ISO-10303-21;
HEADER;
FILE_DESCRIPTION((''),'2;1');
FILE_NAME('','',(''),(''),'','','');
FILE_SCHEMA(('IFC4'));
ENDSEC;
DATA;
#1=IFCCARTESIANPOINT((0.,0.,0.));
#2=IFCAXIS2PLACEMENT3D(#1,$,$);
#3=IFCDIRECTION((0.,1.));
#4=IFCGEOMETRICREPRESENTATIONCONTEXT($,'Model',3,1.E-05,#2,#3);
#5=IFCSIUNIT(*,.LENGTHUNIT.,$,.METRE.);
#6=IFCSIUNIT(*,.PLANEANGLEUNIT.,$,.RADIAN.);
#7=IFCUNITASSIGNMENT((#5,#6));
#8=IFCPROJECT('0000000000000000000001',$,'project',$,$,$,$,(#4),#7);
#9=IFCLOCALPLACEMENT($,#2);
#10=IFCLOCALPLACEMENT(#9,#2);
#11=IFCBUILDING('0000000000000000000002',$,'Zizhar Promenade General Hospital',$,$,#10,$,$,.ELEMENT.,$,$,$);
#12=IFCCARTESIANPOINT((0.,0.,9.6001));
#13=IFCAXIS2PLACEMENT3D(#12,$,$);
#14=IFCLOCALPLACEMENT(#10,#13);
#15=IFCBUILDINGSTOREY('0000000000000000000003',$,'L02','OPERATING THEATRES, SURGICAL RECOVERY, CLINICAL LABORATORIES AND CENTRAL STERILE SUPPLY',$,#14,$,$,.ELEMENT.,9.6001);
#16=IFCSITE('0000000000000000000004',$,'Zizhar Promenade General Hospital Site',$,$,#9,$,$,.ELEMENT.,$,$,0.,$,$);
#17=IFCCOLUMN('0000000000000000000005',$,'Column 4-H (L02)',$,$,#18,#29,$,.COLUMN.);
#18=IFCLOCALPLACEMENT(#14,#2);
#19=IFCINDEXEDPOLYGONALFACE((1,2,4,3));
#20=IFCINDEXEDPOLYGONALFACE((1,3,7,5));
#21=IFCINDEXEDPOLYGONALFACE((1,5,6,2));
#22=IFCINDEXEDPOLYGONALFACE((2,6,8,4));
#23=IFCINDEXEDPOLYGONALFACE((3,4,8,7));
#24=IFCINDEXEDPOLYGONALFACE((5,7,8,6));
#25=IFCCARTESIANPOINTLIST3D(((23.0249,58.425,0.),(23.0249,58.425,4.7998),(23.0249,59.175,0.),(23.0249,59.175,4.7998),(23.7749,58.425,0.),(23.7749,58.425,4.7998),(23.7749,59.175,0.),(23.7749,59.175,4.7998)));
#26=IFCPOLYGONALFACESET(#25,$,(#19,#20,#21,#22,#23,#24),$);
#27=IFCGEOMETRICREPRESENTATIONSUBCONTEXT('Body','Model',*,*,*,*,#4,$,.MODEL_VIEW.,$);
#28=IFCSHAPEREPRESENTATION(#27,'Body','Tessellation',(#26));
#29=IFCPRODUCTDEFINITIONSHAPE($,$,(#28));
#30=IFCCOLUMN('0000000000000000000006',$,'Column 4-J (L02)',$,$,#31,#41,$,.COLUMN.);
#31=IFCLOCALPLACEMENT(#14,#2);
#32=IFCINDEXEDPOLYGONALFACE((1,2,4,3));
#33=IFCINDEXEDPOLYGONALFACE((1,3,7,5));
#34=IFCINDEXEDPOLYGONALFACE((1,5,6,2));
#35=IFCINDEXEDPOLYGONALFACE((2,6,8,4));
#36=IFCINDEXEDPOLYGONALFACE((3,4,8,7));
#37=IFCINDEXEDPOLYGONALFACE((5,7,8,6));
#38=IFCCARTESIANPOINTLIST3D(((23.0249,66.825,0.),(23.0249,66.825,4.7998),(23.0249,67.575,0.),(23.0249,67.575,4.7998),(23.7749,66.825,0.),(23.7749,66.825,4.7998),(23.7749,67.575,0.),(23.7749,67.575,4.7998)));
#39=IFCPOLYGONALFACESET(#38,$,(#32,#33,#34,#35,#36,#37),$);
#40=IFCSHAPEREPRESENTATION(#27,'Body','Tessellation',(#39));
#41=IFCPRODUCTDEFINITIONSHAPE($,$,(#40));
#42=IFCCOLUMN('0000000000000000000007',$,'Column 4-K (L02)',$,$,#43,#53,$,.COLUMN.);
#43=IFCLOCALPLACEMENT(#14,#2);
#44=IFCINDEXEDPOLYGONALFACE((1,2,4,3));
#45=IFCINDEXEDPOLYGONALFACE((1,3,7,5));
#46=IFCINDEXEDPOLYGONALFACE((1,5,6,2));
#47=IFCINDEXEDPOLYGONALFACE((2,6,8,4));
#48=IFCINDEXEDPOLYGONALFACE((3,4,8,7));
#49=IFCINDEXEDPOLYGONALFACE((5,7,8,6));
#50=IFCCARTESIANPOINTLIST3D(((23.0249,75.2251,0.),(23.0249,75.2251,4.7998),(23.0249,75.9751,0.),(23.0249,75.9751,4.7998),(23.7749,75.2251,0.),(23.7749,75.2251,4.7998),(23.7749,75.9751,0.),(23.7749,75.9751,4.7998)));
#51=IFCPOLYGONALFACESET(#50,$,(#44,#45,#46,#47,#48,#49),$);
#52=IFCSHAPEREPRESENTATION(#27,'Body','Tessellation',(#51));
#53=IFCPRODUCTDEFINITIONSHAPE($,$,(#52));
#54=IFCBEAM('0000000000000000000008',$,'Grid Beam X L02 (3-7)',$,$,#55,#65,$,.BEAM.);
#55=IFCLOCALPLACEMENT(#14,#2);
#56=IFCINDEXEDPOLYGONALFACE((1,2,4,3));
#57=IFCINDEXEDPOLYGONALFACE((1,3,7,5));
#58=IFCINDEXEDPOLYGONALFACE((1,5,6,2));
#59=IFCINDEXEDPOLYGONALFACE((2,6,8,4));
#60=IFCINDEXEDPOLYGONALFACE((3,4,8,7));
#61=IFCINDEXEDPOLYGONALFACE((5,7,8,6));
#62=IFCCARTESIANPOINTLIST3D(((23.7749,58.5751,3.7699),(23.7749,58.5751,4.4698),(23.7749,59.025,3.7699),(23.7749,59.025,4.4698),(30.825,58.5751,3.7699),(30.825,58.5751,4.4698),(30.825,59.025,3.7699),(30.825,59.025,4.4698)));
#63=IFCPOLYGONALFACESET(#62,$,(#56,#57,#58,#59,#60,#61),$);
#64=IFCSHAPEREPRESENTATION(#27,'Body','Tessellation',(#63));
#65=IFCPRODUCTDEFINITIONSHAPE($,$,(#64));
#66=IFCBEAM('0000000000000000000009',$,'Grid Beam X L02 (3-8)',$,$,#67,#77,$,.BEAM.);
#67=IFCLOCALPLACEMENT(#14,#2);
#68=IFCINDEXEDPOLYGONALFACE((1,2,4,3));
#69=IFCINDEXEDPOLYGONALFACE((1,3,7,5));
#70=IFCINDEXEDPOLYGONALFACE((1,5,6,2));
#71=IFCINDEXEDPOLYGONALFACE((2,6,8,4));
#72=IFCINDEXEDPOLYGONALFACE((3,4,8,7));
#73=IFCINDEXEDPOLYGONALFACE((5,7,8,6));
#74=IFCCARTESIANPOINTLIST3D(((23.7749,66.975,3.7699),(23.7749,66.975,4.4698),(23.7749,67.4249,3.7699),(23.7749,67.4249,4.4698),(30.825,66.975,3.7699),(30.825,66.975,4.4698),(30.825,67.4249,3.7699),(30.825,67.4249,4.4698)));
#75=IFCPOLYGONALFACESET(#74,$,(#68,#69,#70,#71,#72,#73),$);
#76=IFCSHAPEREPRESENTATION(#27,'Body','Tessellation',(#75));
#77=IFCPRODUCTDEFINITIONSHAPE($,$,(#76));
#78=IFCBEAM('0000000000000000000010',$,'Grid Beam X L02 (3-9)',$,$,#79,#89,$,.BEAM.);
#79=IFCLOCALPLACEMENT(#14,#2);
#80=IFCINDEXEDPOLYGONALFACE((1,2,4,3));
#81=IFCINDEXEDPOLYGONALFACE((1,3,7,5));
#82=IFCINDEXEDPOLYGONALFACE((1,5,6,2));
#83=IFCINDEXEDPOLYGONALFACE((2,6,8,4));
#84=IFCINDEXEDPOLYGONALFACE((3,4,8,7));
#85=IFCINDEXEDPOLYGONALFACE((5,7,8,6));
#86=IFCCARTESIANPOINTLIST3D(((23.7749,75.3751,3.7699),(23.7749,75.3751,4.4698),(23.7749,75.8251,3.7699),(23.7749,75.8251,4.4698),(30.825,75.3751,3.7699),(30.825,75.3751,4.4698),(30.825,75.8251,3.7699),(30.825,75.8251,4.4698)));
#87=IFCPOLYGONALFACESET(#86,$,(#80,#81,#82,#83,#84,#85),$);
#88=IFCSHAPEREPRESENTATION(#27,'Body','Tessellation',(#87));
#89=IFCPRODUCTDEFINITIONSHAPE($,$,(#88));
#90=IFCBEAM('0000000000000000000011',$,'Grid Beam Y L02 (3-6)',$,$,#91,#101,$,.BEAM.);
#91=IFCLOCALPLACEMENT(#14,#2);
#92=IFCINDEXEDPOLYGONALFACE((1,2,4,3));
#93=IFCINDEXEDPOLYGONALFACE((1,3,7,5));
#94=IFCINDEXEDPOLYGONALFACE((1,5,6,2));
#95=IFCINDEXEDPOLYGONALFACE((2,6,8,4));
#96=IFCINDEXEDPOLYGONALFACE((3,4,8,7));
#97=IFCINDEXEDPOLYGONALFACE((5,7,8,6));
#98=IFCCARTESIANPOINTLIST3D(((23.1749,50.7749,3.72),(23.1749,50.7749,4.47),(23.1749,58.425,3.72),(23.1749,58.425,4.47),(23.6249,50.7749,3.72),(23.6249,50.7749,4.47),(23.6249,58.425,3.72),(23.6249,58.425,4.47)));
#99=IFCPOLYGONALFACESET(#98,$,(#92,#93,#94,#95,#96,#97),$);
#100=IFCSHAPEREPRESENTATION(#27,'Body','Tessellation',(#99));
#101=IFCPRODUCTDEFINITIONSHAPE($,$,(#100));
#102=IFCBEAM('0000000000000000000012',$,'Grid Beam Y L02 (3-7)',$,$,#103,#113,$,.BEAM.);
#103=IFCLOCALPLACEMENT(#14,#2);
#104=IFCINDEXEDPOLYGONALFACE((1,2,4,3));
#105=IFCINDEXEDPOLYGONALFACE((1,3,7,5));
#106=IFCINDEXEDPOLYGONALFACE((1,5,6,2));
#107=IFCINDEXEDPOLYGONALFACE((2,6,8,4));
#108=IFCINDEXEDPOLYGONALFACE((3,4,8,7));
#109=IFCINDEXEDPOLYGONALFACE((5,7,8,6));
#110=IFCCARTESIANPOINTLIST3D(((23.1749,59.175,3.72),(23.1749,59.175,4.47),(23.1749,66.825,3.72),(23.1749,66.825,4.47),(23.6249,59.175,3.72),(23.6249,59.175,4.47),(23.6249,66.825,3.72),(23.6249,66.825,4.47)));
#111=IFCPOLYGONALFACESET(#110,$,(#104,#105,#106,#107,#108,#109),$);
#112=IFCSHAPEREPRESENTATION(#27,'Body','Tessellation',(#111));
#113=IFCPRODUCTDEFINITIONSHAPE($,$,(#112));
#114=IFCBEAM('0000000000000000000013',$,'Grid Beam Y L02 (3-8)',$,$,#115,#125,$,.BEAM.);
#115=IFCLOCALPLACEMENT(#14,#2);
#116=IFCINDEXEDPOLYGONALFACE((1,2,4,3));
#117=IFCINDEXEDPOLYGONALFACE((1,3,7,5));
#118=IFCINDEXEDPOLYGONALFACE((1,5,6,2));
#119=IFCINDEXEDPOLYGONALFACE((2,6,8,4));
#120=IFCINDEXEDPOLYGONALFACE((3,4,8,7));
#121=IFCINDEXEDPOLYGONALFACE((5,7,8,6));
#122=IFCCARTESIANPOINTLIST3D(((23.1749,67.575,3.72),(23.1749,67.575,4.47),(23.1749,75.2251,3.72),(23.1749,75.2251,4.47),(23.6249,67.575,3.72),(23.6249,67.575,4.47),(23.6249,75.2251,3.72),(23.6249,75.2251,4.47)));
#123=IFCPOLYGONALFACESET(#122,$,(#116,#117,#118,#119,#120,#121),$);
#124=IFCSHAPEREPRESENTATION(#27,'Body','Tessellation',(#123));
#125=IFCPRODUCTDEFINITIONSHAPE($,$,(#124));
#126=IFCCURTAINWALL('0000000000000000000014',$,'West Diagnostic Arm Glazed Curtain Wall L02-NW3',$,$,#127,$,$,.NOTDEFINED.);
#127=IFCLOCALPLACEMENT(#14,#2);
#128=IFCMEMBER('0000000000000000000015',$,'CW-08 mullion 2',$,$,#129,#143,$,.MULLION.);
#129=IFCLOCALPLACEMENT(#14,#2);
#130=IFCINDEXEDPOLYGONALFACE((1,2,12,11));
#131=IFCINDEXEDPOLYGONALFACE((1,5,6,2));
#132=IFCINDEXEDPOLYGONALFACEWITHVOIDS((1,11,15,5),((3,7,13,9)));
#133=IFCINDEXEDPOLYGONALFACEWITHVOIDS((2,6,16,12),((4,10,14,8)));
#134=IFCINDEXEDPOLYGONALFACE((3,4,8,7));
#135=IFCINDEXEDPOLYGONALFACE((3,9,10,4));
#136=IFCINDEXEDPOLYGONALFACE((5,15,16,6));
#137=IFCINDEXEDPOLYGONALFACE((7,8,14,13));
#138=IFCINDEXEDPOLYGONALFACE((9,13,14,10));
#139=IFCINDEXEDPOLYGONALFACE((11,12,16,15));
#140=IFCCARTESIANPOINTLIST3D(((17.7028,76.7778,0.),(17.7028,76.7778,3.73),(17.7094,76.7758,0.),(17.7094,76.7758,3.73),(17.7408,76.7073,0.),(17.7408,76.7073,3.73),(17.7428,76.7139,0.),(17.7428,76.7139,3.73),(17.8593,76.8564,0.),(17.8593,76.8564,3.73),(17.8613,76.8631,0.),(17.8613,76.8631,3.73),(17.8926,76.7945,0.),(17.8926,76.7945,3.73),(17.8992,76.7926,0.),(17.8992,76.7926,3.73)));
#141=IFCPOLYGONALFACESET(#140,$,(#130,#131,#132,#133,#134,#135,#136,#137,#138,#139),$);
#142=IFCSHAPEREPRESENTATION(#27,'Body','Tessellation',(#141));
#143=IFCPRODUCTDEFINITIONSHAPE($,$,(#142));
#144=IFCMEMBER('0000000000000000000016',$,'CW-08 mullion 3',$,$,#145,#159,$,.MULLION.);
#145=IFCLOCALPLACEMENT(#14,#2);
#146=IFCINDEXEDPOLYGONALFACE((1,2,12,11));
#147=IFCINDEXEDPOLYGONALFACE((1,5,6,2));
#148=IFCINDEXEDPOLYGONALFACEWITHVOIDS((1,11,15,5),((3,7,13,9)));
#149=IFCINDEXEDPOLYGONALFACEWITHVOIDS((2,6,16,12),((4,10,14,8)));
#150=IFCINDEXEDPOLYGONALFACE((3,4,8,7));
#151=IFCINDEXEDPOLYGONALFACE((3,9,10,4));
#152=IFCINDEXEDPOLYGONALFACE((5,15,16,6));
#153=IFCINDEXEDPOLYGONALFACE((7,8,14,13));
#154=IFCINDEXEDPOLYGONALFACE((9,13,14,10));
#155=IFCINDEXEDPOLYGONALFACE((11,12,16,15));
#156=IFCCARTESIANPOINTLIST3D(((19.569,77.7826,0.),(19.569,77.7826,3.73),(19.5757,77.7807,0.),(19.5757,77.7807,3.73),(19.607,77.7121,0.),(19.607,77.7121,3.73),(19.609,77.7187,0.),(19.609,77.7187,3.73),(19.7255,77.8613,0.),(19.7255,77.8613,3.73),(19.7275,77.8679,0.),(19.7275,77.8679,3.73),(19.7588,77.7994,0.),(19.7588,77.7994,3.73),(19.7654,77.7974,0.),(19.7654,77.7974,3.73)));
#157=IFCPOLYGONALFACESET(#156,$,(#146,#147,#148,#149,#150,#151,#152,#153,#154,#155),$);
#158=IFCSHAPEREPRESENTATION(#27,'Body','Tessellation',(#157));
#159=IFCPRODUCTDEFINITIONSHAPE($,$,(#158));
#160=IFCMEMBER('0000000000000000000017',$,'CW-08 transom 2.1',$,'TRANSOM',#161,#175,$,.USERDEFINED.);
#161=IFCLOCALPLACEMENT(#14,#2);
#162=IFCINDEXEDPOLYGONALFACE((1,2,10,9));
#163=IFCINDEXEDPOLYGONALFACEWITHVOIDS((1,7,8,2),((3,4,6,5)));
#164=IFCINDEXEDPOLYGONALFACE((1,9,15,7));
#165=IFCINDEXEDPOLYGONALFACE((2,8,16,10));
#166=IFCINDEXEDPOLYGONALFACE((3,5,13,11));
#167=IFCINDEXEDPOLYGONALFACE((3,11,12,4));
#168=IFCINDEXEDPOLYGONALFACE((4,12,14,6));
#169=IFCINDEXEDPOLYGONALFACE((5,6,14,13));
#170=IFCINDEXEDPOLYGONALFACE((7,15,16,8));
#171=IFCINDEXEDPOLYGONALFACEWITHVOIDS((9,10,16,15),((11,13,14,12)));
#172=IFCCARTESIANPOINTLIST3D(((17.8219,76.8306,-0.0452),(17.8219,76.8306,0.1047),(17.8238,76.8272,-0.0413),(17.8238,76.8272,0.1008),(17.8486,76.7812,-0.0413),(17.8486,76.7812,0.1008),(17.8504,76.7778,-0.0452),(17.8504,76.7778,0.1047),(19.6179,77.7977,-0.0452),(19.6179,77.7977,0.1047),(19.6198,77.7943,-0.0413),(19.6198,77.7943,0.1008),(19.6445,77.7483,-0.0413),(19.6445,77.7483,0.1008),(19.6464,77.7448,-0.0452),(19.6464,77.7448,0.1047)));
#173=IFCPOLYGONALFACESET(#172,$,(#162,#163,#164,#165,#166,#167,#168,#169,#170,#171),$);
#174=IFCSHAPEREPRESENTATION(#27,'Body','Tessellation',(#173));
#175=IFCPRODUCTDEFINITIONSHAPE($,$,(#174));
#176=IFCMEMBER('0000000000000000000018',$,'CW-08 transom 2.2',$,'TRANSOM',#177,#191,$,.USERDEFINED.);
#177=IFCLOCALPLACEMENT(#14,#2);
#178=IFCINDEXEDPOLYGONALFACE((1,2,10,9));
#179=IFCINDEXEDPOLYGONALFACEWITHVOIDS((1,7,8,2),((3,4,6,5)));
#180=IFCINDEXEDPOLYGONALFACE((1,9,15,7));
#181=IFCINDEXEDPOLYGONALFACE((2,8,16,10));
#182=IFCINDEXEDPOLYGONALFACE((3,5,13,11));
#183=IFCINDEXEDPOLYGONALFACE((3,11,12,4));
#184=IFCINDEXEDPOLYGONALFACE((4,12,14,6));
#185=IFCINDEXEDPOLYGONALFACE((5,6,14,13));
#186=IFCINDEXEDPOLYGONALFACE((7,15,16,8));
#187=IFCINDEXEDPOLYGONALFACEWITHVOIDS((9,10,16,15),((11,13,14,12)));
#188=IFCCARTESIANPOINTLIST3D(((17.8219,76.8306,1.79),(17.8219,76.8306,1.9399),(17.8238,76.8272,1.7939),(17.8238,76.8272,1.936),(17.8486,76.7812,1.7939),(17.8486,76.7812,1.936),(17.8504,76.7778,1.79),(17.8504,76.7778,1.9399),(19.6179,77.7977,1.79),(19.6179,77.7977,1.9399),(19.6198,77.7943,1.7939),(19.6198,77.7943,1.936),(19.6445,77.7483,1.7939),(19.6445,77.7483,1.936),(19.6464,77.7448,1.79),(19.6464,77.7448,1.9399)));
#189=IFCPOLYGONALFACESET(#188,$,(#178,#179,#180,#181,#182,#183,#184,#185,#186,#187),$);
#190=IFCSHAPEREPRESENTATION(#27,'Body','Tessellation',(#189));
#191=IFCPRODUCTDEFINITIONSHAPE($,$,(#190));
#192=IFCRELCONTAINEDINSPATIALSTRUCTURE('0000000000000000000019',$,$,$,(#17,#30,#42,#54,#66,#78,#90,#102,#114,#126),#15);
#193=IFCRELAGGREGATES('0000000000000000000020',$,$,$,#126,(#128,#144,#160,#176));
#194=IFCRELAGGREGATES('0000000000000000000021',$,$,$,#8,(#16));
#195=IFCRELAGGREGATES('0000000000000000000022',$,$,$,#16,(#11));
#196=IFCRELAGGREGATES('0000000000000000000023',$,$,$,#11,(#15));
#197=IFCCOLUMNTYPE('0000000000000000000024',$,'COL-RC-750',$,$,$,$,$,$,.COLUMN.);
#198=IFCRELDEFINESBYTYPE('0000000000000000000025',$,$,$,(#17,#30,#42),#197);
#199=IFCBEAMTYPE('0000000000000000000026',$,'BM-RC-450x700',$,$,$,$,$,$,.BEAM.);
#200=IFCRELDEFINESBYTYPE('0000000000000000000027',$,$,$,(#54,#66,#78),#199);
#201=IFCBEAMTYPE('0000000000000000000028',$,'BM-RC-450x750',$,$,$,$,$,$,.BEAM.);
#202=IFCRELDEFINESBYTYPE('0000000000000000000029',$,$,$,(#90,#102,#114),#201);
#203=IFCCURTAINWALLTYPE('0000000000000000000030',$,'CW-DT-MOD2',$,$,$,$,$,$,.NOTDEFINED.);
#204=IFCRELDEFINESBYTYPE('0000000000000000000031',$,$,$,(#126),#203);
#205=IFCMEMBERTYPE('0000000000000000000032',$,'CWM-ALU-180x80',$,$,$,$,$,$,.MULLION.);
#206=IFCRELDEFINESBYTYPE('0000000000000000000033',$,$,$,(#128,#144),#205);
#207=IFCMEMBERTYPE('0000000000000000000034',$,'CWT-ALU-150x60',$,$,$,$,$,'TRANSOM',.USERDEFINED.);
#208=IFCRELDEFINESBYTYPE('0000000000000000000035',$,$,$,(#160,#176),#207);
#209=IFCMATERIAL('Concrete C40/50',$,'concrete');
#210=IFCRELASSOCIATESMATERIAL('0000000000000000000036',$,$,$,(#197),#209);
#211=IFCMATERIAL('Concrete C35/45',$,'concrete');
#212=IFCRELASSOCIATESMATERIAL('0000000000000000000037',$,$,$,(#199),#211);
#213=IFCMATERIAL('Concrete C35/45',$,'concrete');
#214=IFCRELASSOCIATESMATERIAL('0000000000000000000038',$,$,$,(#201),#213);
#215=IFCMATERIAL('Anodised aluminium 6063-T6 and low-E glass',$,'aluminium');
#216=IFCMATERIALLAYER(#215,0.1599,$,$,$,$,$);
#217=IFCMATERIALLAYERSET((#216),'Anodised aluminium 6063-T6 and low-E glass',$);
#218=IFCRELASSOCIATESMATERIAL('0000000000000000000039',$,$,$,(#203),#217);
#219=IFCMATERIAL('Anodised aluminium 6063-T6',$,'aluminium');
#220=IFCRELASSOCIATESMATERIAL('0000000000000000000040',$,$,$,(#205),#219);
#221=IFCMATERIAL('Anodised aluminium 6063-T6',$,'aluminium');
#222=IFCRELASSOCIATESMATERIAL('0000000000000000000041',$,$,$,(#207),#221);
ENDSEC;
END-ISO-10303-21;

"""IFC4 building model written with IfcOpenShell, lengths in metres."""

from ifc_helpers import new_model, si_unit, direction, frame, origin, origin_2d, place, context, subcontext, project, spatial, rectangle, hollow_rectangle, extrude, material, layer, layer_set, material_profile, profile_set, type_object, element, aggregate, save


model = new_model("IFC4")

# Units and contexts
model_context = context("Model", 3, precision=1e-05, world=origin(), true_north=direction((0.0, 1.0)))
body_context = subcontext(model_context, "Body", "Model", "MODEL_VIEW")
ifc_project = project(units=[si_unit("LENGTHUNIT", "METRE"), si_unit("PLANEANGLEUNIT", "RADIAN")], contexts=[model_context])

# Site, building, storey
site_placement = place(None, origin())
site = spatial("IfcSite", under=ifc_project, at=site_placement, Name="Zizhar Promenade General Hospital Site", CompositionType="ELEMENT", RefElevation=0.0)
building_placement = place(site_placement, origin())
building = spatial("IfcBuilding", under=site, at=building_placement, Name="Zizhar Promenade General Hospital", CompositionType="ELEMENT")
storey_placement = place(building_placement, frame((0.0, 0.0, 9.6001)))
storey = spatial("IfcBuildingStorey", under=building, at=storey_placement, Name="L02", Description="OPERATING THEATRES, SURGICAL RECOVERY, CLINICAL LABORATORIES AND CENTRAL STERILE SUPPLY", CompositionType="ELEMENT", Elevation=9.6001)

# Columns
ifc_material_1 = material(Name="Concrete C40/50", Category="concrete")
ifc_material_profile_1 = material_profile(ifc_material_1, rectangle(XDim=0.75, YDim=0.75, at=origin_2d()))
ifc_profile_set_1 = profile_set([ifc_material_profile_1], Name="Concrete C40/50")
column_type = type_object("IfcColumnType", Name="COL-RC-750", PredefinedType="COLUMN", material=ifc_profile_set_1)
for number, where, z_axis, x_axis, name in (
    (1, (23.3999, 58.8, 0.0), (0.0, 0.0, 1.0), (1.0, 0.0, 0.0), "Column 4-H (L02)"),
    (2, (23.3999, 67.2, 0.0), (0.0, 0.0, 1.0), (1.0, 0.0, 0.0), "Column 4-J (L02)"),
    (3, (23.3999, 75.6001, 0.0), (0.0, 0.0, 1.0), (1.0, 0.0, 0.0), "Column 4-K (L02)"),
):
    element("IfcColumn", number, at=place(storey_placement, frame(where, z_axis=z_axis, x_axis=x_axis)), inside=storey, type_object=column_type, Name=name, PredefinedType="COLUMN", context=body_context, shape_type="SweptSolid", body=[
        extrude(rectangle(XDim=0.75, YDim=0.75, at=origin_2d()), origin(), (0.0, 0.0, 1.0), 4.7998),
    ])

# Beams
ifc_material_2 = material(Name="Concrete C35/45", Category="concrete")
ifc_material_profile_2 = material_profile(ifc_material_2, rectangle(XDim=0.45, YDim=0.7, at=origin_2d()))
ifc_profile_set_2 = profile_set([ifc_material_profile_2], Name="Concrete C35/45")
beam_type_1 = type_object("IfcBeamType", Name="BM-RC-450x700", PredefinedType="BEAM", material=ifc_profile_set_2)
for number, where, z_axis, x_axis, name in (
    (4, (23.7749, 58.8, 4.1199), (1.0, 0.0, 0.0), (0.0, 1.0, 0.0), "Grid Beam X L02 (3-7)"),
    (5, (23.7749, 67.2, 4.1199), (1.0, 0.0, 0.0), (0.0, 1.0, 0.0), "Grid Beam X L02 (3-8)"),
    (6, (23.7749, 75.6001, 4.1199), (1.0, 0.0, 0.0), (0.0, 1.0, 0.0), "Grid Beam X L02 (3-9)"),
):
    element("IfcBeam", number, at=place(storey_placement, frame(where, z_axis=z_axis, x_axis=x_axis)), inside=storey, type_object=beam_type_1, Name=name, PredefinedType="BEAM", context=body_context, shape_type="SweptSolid", body=[
        extrude(rectangle(XDim=0.45, YDim=0.7, at=origin_2d()), origin(), (0.0, 0.0, 1.0), 7.05),
    ])
ifc_material_3 = material(Name="Concrete C35/45", Category="concrete")
ifc_material_profile_3 = material_profile(ifc_material_3, rectangle(XDim=0.45, YDim=0.75, at=origin_2d()))
ifc_profile_set_3 = profile_set([ifc_material_profile_3], Name="Concrete C35/45")
beam_type_2 = type_object("IfcBeamType", Name="BM-RC-450x750", PredefinedType="BEAM", material=ifc_profile_set_3)
beam_1_placement = place(storey_placement, frame((23.3999, 50.7749, 4.095), z_axis=(0.0, 1.0, 0.0), x_axis=(-1.0, 0.0, 0.0)))
element("IfcBeam", 7, at=beam_1_placement, inside=storey, type_object=beam_type_2, Name="Grid Beam Y L02 (3-6)", PredefinedType="BEAM", context=body_context, shape_type="SweptSolid", body=[
    extrude(rectangle(XDim=0.45, YDim=0.75, at=origin_2d()), origin(), (0.0, 0.0, 1.0), 7.6501),
])
beam_2_placement = place(storey_placement, frame((23.3999, 59.175, 4.095), z_axis=(0.0, 1.0, 0.0), x_axis=(-1.0, 0.0, 0.0)))
element("IfcBeam", 8, at=beam_2_placement, inside=storey, type_object=beam_type_2, Name="Grid Beam Y L02 (3-7)", PredefinedType="BEAM", context=body_context, shape_type="SweptSolid", body=[
    extrude(rectangle(XDim=0.45, YDim=0.75, at=origin_2d()), origin(), (0.0, 0.0, 1.0), 7.6499),
])
beam_3_placement = place(storey_placement, frame((23.3999, 67.575, 4.095), z_axis=(0.0, 1.0, 0.0), x_axis=(-1.0, 0.0, 0.0)))
element("IfcBeam", 9, at=beam_3_placement, inside=storey, type_object=beam_type_2, Name="Grid Beam Y L02 (3-8)", PredefinedType="BEAM", context=body_context, shape_type="SweptSolid", body=[
    extrude(rectangle(XDim=0.45, YDim=0.75, at=origin_2d()), origin(), (0.0, 0.0, 1.0), 7.6501),
])

# Curtain wall, members
ifc_material_4 = material(Name="Anodised aluminium 6063-T6 and low-E glass", Category="aluminium")
ifc_layer_1 = layer(ifc_material_4, 0.1599)
ifc_layer_set_1 = layer_set([ifc_layer_1], Name="Anodised aluminium 6063-T6 and low-E glass")
curtain_wall_type = type_object("IfcCurtainWallType", Name="CW-DT-MOD2", PredefinedType="NOTDEFINED", material=ifc_layer_set_1)
curtain_wall_placement = place(storey_placement, origin())
curtain_wall = element("IfcCurtainWall", 10, at=curtain_wall_placement, inside=storey, type_object=curtain_wall_type, Name="West Diagnostic Arm Glazed Curtain Wall L02-NW3", PredefinedType="NOTDEFINED")
ifc_material_5 = material(Name="Anodised aluminium 6063-T6", Category="aluminium")
ifc_material_profile_4 = material_profile(ifc_material_5, hollow_rectangle(XDim=0.0801, YDim=0.1799, WallThickness=0.0049, at=origin_2d()))
ifc_profile_set_4 = profile_set([ifc_material_profile_4], Name="Anodised aluminium 6063-T6")
member_type_1 = type_object("IfcMemberType", Name="CWM-ALU-180x80", PredefinedType="MULLION", material=ifc_profile_set_4)
member_1_placement = place(storey_placement, frame((17.801, 76.7852, 0.0), z_axis=(0.0, 0.0, 1.0), x_axis=(-0.474097, 0.880473, 0.0)))
member_1 = element("IfcMember", 11, at=member_1_placement, type_object=member_type_1, Name="CW-08 mullion 2", PredefinedType="MULLION", context=body_context, shape_type="SweptSolid", body=[
    extrude(hollow_rectangle(XDim=0.0801, YDim=0.1799, WallThickness=0.0049, at=origin_2d()), origin(), (0.0, 0.0, 1.0), 3.73),
])
member_2_placement = place(storey_placement, frame((19.6672, 77.79, 0.0), z_axis=(0.0, 0.0, 1.0), x_axis=(-0.474097, 0.880473, 0.0)))
member_2 = element("IfcMember", 12, at=member_2_placement, type_object=member_type_1, Name="CW-08 mullion 3", PredefinedType="MULLION", context=body_context, shape_type="SweptSolid", body=[
    extrude(hollow_rectangle(XDim=0.0801, YDim=0.1799, WallThickness=0.0049, at=origin_2d()), origin(), (0.0, 0.0, 1.0), 3.73),
])
ifc_material_6 = material(Name="Anodised aluminium 6063-T6", Category="aluminium")
ifc_material_profile_5 = material_profile(ifc_material_6, hollow_rectangle(XDim=0.0601, YDim=0.1499, WallThickness=0.0039, at=origin_2d()))
ifc_profile_set_5 = profile_set([ifc_material_profile_5], Name="Anodised aluminium 6063-T6")
member_type_2 = type_object("IfcMemberType", Name="CWT-ALU-150x60", ElementType="TRANSOM", PredefinedType="USERDEFINED", material=ifc_profile_set_5)
member_3_placement = place(storey_placement, frame((17.8362, 76.8042, 0.0298), z_axis=(0.880467, 0.474107, 0.0), x_axis=(-0.474107, 0.880467, 0.0)))
member_3 = element("IfcMember", 13, at=member_3_placement, type_object=member_type_2, Name="CW-08 transom 2.1", ObjectType="TRANSOM", PredefinedType="USERDEFINED", context=body_context, shape_type="SweptSolid", body=[
    extrude(hollow_rectangle(XDim=0.0601, YDim=0.1499, WallThickness=0.0039, at=origin_2d()), origin(), (0.0, 0.0, 1.0), 2.0398),
])
member_4_placement = place(storey_placement, frame((17.8362, 76.8042, 1.865), z_axis=(0.880467, 0.474107, 0.0), x_axis=(-0.474107, 0.880467, 0.0)))
member_4 = element("IfcMember", 14, at=member_4_placement, type_object=member_type_2, Name="CW-08 transom 2.2", ObjectType="TRANSOM", PredefinedType="USERDEFINED", context=body_context, shape_type="SweptSolid", body=[
    extrude(hollow_rectangle(XDim=0.0601, YDim=0.1499, WallThickness=0.0039, at=origin_2d()), origin(), (0.0, 0.0, 1.0), 2.0398),
])
aggregate(curtain_wall, [member_1, member_2, member_3, member_4])

save(model, "model.ifc")
